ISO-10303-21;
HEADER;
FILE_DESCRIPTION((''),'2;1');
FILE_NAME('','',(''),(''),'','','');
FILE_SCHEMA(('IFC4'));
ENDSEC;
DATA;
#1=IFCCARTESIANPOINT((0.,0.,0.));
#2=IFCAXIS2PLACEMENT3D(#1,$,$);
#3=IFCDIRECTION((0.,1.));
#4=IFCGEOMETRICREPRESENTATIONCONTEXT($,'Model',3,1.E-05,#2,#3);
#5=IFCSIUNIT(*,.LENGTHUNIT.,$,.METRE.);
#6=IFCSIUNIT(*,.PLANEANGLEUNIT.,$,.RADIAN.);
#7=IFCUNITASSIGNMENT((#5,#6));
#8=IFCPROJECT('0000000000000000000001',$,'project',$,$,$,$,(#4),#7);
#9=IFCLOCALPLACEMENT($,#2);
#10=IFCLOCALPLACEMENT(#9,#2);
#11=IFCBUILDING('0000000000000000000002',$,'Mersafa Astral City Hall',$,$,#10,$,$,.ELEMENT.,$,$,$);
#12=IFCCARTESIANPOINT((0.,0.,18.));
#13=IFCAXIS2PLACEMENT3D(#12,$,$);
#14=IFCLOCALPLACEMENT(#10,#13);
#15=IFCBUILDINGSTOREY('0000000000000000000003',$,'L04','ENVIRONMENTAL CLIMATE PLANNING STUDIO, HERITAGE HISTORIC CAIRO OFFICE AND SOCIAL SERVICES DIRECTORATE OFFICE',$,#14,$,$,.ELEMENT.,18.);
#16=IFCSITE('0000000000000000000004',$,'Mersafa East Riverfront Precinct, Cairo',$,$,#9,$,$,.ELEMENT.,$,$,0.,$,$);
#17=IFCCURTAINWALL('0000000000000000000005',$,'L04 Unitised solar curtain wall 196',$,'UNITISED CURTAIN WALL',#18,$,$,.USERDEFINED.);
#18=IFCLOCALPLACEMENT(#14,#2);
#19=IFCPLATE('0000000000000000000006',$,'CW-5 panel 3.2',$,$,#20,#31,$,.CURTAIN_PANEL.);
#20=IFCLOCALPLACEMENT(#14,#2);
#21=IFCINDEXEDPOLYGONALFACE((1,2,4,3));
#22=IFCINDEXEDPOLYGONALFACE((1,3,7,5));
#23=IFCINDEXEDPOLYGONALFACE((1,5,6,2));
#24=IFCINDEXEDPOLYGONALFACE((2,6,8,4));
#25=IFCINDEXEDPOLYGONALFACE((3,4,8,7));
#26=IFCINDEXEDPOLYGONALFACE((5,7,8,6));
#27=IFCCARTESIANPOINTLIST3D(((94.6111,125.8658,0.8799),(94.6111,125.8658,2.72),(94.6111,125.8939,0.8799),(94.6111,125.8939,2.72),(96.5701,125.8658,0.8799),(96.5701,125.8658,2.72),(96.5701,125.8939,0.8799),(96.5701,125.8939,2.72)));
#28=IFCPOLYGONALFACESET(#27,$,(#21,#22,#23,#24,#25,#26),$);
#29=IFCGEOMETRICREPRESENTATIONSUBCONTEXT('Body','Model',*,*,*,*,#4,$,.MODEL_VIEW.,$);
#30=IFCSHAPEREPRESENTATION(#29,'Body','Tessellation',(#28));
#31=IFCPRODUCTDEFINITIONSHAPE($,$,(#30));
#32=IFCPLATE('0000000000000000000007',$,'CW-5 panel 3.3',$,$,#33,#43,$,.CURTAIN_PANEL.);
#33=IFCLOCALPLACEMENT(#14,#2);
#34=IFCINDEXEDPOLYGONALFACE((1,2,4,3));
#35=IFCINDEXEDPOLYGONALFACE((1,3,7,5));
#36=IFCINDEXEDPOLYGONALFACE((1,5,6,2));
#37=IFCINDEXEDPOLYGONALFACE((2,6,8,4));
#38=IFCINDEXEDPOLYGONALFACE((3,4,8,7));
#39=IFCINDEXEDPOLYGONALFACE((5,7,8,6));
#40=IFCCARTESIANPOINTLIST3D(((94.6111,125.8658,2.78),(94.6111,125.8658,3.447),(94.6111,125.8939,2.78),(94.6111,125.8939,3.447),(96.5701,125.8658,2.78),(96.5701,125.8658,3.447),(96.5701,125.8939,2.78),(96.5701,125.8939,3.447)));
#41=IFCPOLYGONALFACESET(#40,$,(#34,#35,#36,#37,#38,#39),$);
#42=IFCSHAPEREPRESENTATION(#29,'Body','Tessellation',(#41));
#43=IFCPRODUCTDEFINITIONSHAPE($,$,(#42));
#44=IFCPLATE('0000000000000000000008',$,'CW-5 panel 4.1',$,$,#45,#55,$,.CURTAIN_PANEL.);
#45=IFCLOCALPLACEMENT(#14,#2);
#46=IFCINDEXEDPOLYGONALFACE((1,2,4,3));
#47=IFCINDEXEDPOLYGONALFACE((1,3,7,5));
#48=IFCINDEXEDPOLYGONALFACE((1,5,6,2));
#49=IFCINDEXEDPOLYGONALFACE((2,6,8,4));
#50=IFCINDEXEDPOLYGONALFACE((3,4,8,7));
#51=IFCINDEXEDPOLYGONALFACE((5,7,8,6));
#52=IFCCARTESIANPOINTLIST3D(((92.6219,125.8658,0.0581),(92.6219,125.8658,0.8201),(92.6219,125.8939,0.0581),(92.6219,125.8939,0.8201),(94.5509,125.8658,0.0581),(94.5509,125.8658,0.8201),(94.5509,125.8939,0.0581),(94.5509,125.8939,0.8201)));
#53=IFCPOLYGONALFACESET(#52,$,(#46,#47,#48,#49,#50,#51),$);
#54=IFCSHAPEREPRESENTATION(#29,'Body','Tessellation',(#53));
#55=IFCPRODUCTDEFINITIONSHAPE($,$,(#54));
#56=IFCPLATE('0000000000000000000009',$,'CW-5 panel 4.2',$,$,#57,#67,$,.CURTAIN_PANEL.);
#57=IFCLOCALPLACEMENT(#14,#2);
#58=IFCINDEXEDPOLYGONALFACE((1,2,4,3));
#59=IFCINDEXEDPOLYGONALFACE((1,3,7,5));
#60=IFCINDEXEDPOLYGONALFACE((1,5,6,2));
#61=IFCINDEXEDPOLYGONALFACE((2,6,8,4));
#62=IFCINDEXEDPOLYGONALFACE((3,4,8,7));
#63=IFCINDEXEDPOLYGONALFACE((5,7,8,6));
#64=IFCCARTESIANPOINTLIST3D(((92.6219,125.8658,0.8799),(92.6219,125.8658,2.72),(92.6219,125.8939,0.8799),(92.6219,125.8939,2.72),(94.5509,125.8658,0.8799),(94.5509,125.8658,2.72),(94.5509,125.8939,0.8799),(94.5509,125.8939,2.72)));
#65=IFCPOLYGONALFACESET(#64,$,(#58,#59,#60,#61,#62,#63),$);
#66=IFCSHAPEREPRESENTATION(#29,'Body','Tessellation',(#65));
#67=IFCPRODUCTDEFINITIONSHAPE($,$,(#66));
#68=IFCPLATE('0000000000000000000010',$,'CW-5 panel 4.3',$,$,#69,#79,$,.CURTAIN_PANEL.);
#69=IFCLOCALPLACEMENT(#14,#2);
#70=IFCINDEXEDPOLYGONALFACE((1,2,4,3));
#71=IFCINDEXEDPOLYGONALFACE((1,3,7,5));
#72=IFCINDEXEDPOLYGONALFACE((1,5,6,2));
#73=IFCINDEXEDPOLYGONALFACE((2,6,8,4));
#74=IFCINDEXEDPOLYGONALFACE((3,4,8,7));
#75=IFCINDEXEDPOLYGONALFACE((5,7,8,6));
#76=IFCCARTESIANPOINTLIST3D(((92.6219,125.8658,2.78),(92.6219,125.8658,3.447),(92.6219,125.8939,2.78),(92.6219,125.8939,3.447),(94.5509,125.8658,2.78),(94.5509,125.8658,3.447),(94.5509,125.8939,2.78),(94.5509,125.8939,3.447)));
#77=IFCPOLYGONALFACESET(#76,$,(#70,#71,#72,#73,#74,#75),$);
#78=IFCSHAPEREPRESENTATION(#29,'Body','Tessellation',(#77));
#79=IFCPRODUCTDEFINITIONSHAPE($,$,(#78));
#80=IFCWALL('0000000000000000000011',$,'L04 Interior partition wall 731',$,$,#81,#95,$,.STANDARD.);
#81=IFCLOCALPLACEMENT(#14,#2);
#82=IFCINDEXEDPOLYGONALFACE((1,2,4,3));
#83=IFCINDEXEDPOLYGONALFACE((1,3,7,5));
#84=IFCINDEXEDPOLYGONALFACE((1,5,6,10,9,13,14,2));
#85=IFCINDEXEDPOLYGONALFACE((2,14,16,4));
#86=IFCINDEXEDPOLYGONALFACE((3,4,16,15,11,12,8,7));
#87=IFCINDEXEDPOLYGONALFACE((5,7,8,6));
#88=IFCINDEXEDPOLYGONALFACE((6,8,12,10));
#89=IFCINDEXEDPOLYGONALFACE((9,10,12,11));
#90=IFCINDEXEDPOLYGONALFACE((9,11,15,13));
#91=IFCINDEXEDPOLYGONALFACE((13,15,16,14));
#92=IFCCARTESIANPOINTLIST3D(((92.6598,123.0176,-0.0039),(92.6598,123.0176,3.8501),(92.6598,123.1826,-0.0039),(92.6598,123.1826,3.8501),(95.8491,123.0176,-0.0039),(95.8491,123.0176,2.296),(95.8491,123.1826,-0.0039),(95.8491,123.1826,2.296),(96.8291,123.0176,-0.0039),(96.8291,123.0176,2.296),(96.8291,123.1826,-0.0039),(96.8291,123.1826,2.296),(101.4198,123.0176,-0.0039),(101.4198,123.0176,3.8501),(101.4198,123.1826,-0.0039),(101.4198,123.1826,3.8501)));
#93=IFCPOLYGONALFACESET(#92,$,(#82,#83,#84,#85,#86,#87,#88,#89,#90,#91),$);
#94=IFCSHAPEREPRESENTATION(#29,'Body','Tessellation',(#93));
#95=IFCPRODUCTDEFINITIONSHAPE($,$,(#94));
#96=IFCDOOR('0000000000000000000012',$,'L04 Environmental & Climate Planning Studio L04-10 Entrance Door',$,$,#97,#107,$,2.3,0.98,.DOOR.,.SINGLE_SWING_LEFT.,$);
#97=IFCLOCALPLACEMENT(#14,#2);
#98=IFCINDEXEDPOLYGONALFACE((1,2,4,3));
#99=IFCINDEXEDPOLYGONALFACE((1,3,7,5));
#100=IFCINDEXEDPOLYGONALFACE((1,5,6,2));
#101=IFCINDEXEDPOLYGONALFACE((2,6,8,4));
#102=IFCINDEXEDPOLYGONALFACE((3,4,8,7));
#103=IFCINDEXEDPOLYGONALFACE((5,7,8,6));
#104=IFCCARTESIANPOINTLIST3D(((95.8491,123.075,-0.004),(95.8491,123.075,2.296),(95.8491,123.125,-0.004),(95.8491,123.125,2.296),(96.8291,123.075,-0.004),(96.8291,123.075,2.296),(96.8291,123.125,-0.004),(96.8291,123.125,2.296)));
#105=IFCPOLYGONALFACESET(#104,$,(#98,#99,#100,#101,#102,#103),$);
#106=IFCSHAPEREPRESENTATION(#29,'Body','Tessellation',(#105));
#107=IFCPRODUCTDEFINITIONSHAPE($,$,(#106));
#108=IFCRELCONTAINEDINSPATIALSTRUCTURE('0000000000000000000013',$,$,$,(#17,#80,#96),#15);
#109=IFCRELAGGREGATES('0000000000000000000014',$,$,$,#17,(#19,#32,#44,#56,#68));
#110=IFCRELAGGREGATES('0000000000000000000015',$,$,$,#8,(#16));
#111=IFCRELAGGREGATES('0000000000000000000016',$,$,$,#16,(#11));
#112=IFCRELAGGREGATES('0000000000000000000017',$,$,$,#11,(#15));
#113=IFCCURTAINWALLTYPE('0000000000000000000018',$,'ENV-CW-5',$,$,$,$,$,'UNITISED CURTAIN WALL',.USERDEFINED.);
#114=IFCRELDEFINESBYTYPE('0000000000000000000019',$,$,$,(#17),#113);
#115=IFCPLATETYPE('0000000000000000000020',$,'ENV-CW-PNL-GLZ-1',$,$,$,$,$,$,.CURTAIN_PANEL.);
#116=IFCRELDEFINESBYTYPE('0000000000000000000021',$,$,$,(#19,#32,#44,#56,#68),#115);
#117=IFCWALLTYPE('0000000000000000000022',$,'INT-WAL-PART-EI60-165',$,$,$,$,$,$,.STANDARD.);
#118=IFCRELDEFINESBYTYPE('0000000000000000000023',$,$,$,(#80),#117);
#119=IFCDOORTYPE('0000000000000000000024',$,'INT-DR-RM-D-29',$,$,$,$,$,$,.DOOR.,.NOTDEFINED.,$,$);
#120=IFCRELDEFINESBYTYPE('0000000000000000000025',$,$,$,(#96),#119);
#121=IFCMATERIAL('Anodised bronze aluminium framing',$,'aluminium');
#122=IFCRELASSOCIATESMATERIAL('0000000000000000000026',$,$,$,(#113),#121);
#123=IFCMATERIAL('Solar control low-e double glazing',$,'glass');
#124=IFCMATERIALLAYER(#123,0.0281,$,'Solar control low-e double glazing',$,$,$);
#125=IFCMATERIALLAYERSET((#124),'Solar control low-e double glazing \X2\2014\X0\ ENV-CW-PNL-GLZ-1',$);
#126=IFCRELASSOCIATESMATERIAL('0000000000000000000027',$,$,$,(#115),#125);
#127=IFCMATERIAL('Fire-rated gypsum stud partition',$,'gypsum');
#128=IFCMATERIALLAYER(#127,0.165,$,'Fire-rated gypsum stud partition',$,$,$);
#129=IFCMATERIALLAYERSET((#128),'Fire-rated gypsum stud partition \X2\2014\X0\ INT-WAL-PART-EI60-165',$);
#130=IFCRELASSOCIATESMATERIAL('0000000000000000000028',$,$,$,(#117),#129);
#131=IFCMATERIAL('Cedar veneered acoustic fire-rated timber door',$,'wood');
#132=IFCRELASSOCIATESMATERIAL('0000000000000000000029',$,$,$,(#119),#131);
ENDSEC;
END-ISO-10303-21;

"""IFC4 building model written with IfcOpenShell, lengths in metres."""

from ifc_helpers import new_model, si_unit, direction, frame, frame_2d, origin, origin_2d, place, context, subcontext, project, spatial, rectangle, extrude, material, layer, layer_set, type_object, element, fill, aggregate, save


model = new_model("IFC4")

# Units and contexts
model_context = context("Model", 3, precision=1e-05, world=origin(), true_north=direction((0.0, 1.0)))
body_context = subcontext(model_context, "Body", "Model", "MODEL_VIEW")
ifc_project = project(units=[si_unit("LENGTHUNIT", "METRE"), si_unit("PLANEANGLEUNIT", "RADIAN")], contexts=[model_context])

# Site, building, storey
site_placement = place(None, origin())
site = spatial("IfcSite", under=ifc_project, at=site_placement, Name="Mersafa East Riverfront Precinct, Cairo", CompositionType="ELEMENT", RefElevation=0.0)
building_placement = place(site_placement, origin())
building = spatial("IfcBuilding", under=site, at=building_placement, Name="Mersafa Astral City Hall", CompositionType="ELEMENT")
storey_placement = place(building_placement, frame((0.0, 0.0, 18.0)))
storey = spatial("IfcBuildingStorey", under=building, at=storey_placement, Name="L04", Description="ENVIRONMENTAL CLIMATE PLANNING STUDIO, HERITAGE HISTORIC CAIRO OFFICE AND SOCIAL SERVICES DIRECTORATE OFFICE", CompositionType="ELEMENT", Elevation=18.0)

# Curtain wall
ifc_material_1 = material(Name="Anodised bronze aluminium framing", Category="aluminium")
curtain_wall_type_1 = type_object("IfcCurtainWallType", Name="ENV-CW-5", ElementType="UNITISED CURTAIN WALL", PredefinedType="USERDEFINED", material=ifc_material_1)
curtain_wall_1_placement = place(storey_placement, origin())
curtain_wall_1 = element("IfcCurtainWall", 1, at=curtain_wall_1_placement, inside=storey, type_object=curtain_wall_type_1, Name="L04 Unitised solar curtain wall 196", ObjectType="UNITISED CURTAIN WALL", PredefinedType="USERDEFINED")

# Plates
ifc_material_2 = material(Name="Solar control low-e double glazing", Category="glass")
ifc_layer_1 = layer(ifc_material_2, 0.0281, Name="Solar control low-e double glazing")
ifc_layer_set_1 = layer_set([ifc_layer_1], Name="Solar control low-e double glazing — ENV-CW-PNL-GLZ-1")
plate_type = type_object("IfcPlateType", Name="ENV-CW-PNL-GLZ-1", PredefinedType="CURTAIN_PANEL", material=ifc_layer_set_1)
plate_1_placement = place(storey_placement, frame((95.5906, 125.8799, 0.8799), z_axis=(0.0, 0.0, 1.0), x_axis=(-1.0, 0.0, 0.0)))
plate_1 = element("IfcPlate", 2, at=plate_1_placement, type_object=plate_type, Name="CW-5 panel 3.2", PredefinedType="CURTAIN_PANEL", context=body_context, shape_type="SweptSolid", body=[
    extrude(rectangle(XDim=1.959, YDim=0.0281, at=origin_2d()), origin(), (0.0, 0.0, 1.0), 1.8401),
])
plate_2_placement = place(storey_placement, frame((95.5906, 125.8799, 2.78), z_axis=(0.0, 0.0, 1.0), x_axis=(-1.0, 0.0, 0.0)))
plate_2 = element("IfcPlate", 3, at=plate_2_placement, type_object=plate_type, Name="CW-5 panel 3.3", PredefinedType="CURTAIN_PANEL", context=body_context, shape_type="SweptSolid", body=[
    extrude(rectangle(XDim=1.959, YDim=0.0281, at=origin_2d()), origin(), (0.0, 0.0, 1.0), 0.667),
])
plate_3_placement = place(storey_placement, frame((93.5864, 125.8799, 0.0581), z_axis=(0.0, 0.0, 1.0), x_axis=(-1.0, 0.0, 0.0)))
plate_3 = element("IfcPlate", 4, at=plate_3_placement, type_object=plate_type, Name="CW-5 panel 4.1", PredefinedType="CURTAIN_PANEL", context=body_context, shape_type="SweptSolid", body=[
    extrude(rectangle(XDim=1.929, YDim=0.0281, at=origin_2d()), origin(), (0.0, 0.0, 1.0), 0.762),
])
plate_4_placement = place(storey_placement, frame((93.5864, 125.8799, 0.8799), z_axis=(0.0, 0.0, 1.0), x_axis=(-1.0, 0.0, 0.0)))
plate_4 = element("IfcPlate", 5, at=plate_4_placement, type_object=plate_type, Name="CW-5 panel 4.2", PredefinedType="CURTAIN_PANEL", context=body_context, shape_type="SweptSolid", body=[
    extrude(rectangle(XDim=1.929, YDim=0.0281, at=origin_2d()), origin(), (0.0, 0.0, 1.0), 1.8401),
])
plate_5_placement = place(storey_placement, frame((93.5864, 125.8799, 2.78), z_axis=(0.0, 0.0, 1.0), x_axis=(-1.0, 0.0, 0.0)))
plate_5 = element("IfcPlate", 6, at=plate_5_placement, type_object=plate_type, Name="CW-5 panel 4.3", PredefinedType="CURTAIN_PANEL", context=body_context, shape_type="SweptSolid", body=[
    extrude(rectangle(XDim=1.929, YDim=0.0281, at=origin_2d()), origin(), (0.0, 0.0, 1.0), 0.667),
])
aggregate(curtain_wall_1, [plate_1, plate_2, plate_3, plate_4, plate_5])

# Wall, opening, door
ifc_material_3 = material(Name="Fire-rated gypsum stud partition", Category="gypsum")
ifc_layer_2 = layer(ifc_material_3, 0.165, Name="Fire-rated gypsum stud partition")
ifc_layer_set_2 = layer_set([ifc_layer_2], Name="Fire-rated gypsum stud partition — INT-WAL-PART-EI60-165")
wall_type = type_object("IfcWallType", Name="INT-WAL-PART-EI60-165", PredefinedType="STANDARD", material=ifc_layer_set_2)
wall_placement = place(storey_placement, frame((92.6599, 123.1001, -0.0039), z_axis=(0.0, 0.0, 1.0), x_axis=(1.0, 0.0, 0.0)))
wall = element("IfcWall", 7, at=wall_placement, inside=storey, type_object=wall_type, Name="L04 Interior partition wall 731", PredefinedType="STANDARD", context=body_context, shape_type="SweptSolid", body=[
    extrude(rectangle(XDim=8.76, YDim=0.165, at=frame_2d((4.3799, 0.0))), origin(), (0.0, 0.0, 1.0), 3.854),
])
opening_placement = place(wall_placement, frame((3.1892, 0.0, 0.0)))
opening = element("IfcOpeningElement", 8, at=opening_placement, cuts=wall, PredefinedType="OPENING", context=body_context, shape_type="SweptSolid", body=[
    extrude(rectangle(XDim=0.98, YDim=2.3, at=frame_2d((0.49, 1.1499))), frame((0.0, 0.0925, 0.0), z_axis=(0.0, -1.0, 0.0), x_axis=(1.0, 0.0, 0.0)), (0.0, 0.0, 1.0), 0.1851),
])
ifc_material_4 = material(Name="Cedar veneered acoustic fire-rated timber door", Category="wood")
door_type = type_object("IfcDoorType", Name="INT-DR-RM-D-29", OperationType="NOTDEFINED", PredefinedType="DOOR", material=ifc_material_4)
door_placement = place(opening_placement, origin())
door = element("IfcDoor", 9, at=door_placement, inside=storey, type_object=door_type, Name="L04 Environmental & Climate Planning Studio L04-10 Entrance Door", OperationType="SINGLE_SWING_LEFT", OverallHeight=2.3, OverallWidth=0.98, PredefinedType="DOOR", context=body_context, shape_type="SweptSolid", body=[
    extrude(rectangle(XDim=0.98, YDim=2.3, at=frame_2d((0.49, 1.1499))), frame((0.0, 0.0249, 0.0), z_axis=(0.0, -1.0, 0.0), x_axis=(1.0, 0.0, 0.0)), (0.0, 0.0, 1.0), 0.05),
])
fill(opening, door)

save(model, "model.ifc")
